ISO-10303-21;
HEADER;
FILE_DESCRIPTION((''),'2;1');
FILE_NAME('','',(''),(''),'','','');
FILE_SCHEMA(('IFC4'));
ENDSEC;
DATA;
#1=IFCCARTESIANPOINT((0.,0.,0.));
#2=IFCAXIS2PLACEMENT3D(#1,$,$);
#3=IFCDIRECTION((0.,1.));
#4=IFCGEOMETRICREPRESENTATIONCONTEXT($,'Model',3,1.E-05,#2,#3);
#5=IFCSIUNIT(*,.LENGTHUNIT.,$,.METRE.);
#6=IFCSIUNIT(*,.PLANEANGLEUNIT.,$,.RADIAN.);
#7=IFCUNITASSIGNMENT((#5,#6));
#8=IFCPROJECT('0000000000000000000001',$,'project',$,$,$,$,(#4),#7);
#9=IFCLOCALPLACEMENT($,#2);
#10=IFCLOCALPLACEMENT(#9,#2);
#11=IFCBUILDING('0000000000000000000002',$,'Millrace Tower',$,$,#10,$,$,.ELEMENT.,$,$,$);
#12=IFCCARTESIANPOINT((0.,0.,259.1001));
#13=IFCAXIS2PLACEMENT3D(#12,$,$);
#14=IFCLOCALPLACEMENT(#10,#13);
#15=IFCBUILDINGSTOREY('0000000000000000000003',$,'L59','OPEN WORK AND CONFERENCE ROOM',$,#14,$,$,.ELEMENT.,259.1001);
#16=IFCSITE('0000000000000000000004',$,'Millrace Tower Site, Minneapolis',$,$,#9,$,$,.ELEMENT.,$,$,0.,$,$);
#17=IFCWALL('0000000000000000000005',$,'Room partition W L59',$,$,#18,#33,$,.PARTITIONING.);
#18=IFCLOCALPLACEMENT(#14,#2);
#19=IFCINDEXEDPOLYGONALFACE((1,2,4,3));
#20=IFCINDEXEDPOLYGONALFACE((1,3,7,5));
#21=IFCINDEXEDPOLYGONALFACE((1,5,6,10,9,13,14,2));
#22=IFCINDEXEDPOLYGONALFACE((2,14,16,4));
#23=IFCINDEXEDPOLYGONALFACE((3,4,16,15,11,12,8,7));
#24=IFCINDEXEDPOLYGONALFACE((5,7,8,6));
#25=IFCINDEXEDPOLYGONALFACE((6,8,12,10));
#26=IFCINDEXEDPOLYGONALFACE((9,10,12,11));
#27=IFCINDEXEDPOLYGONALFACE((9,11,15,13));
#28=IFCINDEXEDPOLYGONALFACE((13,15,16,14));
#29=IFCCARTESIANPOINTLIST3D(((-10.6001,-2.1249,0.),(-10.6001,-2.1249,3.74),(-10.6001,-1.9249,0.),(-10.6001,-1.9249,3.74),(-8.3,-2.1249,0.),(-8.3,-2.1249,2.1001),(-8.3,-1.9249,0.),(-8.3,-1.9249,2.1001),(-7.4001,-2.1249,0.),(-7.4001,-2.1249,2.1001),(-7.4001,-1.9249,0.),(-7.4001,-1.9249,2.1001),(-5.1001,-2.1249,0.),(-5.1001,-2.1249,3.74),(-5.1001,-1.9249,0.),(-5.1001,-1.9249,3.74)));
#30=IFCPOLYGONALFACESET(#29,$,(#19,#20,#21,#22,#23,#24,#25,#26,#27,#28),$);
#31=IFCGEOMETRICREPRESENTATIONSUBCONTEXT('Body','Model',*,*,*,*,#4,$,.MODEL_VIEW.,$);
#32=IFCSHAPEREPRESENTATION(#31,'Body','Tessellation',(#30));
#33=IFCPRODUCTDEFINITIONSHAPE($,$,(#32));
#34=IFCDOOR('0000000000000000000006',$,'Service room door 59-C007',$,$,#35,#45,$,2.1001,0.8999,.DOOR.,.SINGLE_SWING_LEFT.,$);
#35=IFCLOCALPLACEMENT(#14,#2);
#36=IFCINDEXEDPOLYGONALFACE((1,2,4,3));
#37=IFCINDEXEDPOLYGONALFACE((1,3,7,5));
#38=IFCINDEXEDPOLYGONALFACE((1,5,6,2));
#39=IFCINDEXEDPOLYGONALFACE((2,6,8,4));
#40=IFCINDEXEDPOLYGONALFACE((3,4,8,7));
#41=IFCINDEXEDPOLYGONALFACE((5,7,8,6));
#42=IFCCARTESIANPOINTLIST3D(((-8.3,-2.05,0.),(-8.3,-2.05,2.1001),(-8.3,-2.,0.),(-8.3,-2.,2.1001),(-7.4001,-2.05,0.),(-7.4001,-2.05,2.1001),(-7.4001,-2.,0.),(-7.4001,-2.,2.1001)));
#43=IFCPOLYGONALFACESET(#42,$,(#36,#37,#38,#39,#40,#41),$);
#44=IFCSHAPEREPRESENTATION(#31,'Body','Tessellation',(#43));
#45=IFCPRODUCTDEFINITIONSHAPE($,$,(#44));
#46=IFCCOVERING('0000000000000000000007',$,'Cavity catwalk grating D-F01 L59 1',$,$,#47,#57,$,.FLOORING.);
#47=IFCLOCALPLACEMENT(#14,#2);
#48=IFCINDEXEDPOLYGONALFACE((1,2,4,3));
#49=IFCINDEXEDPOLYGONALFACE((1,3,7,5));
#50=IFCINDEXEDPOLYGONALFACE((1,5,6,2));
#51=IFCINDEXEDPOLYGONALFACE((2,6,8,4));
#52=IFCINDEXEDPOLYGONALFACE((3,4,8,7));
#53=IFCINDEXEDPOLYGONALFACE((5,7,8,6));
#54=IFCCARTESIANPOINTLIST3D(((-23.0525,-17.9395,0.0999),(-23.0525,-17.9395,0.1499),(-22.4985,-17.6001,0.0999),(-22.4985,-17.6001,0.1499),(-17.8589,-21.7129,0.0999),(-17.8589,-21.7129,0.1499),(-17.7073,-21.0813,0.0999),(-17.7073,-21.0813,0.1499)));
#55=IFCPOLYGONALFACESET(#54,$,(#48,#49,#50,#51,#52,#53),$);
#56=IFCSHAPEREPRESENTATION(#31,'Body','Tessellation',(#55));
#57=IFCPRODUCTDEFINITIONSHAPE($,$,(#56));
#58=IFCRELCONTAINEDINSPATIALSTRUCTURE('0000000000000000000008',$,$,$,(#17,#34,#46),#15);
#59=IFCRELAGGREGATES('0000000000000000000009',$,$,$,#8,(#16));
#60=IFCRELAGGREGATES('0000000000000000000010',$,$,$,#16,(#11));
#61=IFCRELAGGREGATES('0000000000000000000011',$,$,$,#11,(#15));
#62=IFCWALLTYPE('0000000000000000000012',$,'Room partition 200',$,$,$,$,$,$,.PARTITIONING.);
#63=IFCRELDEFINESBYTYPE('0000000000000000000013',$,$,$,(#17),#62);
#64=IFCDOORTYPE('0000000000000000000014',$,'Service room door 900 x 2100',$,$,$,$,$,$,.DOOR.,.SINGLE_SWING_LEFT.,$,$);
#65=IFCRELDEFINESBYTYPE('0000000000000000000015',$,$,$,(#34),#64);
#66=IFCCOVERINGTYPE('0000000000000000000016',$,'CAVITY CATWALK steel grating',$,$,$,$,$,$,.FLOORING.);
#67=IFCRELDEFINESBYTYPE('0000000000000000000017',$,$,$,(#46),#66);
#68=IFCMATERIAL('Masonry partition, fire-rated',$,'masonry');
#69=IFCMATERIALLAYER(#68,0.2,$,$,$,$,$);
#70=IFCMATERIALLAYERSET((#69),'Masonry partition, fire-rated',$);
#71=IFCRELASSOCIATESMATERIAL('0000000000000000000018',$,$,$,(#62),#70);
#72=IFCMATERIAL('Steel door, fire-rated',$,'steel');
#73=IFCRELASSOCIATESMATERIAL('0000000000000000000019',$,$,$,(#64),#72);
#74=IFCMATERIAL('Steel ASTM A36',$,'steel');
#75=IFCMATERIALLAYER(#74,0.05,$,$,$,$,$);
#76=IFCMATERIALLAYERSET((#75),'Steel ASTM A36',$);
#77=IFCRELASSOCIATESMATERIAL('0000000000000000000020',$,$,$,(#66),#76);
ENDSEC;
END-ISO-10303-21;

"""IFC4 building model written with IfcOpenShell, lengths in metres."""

from ifc_helpers import new_model, si_unit, direction, frame, frame_2d, origin, place, context, subcontext, project, spatial, polyline, rectangle, outline, extrude, material, layer, layer_set, type_object, element, fill, save


model = new_model("IFC4")

# Units and contexts
model_context = context("Model", 3, precision=1e-05, world=origin(), true_north=direction((0.0, 1.0)))
body_context = subcontext(model_context, "Body", "Model", "MODEL_VIEW")
ifc_project = project(units=[si_unit("LENGTHUNIT", "METRE"), si_unit("PLANEANGLEUNIT", "RADIAN")], contexts=[model_context])

# Site, building, storey
site_placement = place(None, origin())
site = spatial("IfcSite", under=ifc_project, at=site_placement, Name="Millrace Tower Site, Minneapolis", CompositionType="ELEMENT", RefElevation=0.0)
building_placement = place(site_placement, origin())
building = spatial("IfcBuilding", under=site, at=building_placement, Name="Millrace Tower", CompositionType="ELEMENT")
storey_placement = place(building_placement, frame((0.0, 0.0, 259.1001)))
storey = spatial("IfcBuildingStorey", under=building, at=storey_placement, Name="L59", Description="OPEN WORK AND CONFERENCE ROOM", CompositionType="ELEMENT", Elevation=259.1001)

# Wall, opening, door
ifc_material_1 = material(Name="Masonry partition, fire-rated", Category="masonry")
ifc_layer_1 = layer(ifc_material_1, 0.2)
ifc_layer_set_1 = layer_set([ifc_layer_1], Name="Masonry partition, fire-rated")
wall_type_1 = type_object("IfcWallType", Name="Room partition 200", PredefinedType="PARTITIONING", material=ifc_layer_set_1)
wall_1_placement = place(storey_placement, frame((-10.6001, -2.0249, 0.0), z_axis=(0.0, 0.0, 1.0), x_axis=(1.0, 0.0, 0.0)))
wall_1 = element("IfcWall", 1, at=wall_1_placement, inside=storey, type_object=wall_type_1, Name="Room partition W L59", PredefinedType="PARTITIONING", context=body_context, shape_type="SweptSolid", body=[
    extrude(rectangle(XDim=5.5, YDim=0.2, at=frame_2d((2.75, 0.0))), origin(), (0.0, 0.0, 1.0), 3.74),
])
opening_1_placement = place(wall_1_placement, frame((2.3, 0.0, 0.0)))
opening_1 = element("IfcOpeningElement", 2, at=opening_1_placement, cuts=wall_1, PredefinedType="OPENING", context=body_context, shape_type="SweptSolid", body=[
    extrude(rectangle(XDim=0.8999, YDim=2.1001, at=frame_2d((0.45, 1.05))), frame((0.0, 0.1099, 0.0), z_axis=(0.0, -1.0, 0.0), x_axis=(1.0, 0.0, 0.0)), (0.0, 0.0, 1.0), 0.22),
])
ifc_material_2 = material(Name="Steel door, fire-rated", Category="steel")
door_type_1 = type_object("IfcDoorType", Name="Service room door 900 x 2100", OperationType="SINGLE_SWING_LEFT", PredefinedType="DOOR", material=ifc_material_2)
door_1_placement = place(opening_1_placement, origin())
door_1 = element("IfcDoor", 3, at=door_1_placement, inside=storey, type_object=door_type_1, Name="Service room door 59-C007", OperationType="SINGLE_SWING_LEFT", OverallHeight=2.1001, OverallWidth=0.8999, PredefinedType="DOOR", context=body_context, shape_type="SweptSolid", body=[
    extrude(rectangle(XDim=0.8999, YDim=2.1001, at=frame_2d((0.45, 1.05))), frame((0.0, 0.0249, 0.0), z_axis=(0.0, -1.0, 0.0), x_axis=(1.0, 0.0, 0.0)), (0.0, 0.0, 1.0), 0.05),
])
fill(opening_1, door_1)

# Covering
ifc_material_3 = material(Name="Steel ASTM A36", Category="steel")
ifc_layer_2 = layer(ifc_material_3, 0.05)
ifc_layer_set_2 = layer_set([ifc_layer_2], Name="Steel ASTM A36")
covering_type = type_object("IfcCoveringType", Name="CAVITY CATWALK steel grating", PredefinedType="FLOORING", material=ifc_layer_set_2)
covering_placement = place(storey_placement, frame((0.0, 0.0, 0.0999)))
element("IfcCovering", 4, at=covering_placement, inside=storey, type_object=covering_type, Name="Cavity catwalk grating D-F01 L59 1", PredefinedType="FLOORING", context=body_context, shape_type="SweptSolid", body=[
    extrude(outline(polyline([(-23.0525, -17.9395), (-17.8589, -21.7129), (-17.7073, -21.0813), (-22.4985, -17.6001), (-23.0525, -17.9395)])), origin(), (0.0, 0.0, 1.0), 0.05),
])

save(model, "model.ifc")
